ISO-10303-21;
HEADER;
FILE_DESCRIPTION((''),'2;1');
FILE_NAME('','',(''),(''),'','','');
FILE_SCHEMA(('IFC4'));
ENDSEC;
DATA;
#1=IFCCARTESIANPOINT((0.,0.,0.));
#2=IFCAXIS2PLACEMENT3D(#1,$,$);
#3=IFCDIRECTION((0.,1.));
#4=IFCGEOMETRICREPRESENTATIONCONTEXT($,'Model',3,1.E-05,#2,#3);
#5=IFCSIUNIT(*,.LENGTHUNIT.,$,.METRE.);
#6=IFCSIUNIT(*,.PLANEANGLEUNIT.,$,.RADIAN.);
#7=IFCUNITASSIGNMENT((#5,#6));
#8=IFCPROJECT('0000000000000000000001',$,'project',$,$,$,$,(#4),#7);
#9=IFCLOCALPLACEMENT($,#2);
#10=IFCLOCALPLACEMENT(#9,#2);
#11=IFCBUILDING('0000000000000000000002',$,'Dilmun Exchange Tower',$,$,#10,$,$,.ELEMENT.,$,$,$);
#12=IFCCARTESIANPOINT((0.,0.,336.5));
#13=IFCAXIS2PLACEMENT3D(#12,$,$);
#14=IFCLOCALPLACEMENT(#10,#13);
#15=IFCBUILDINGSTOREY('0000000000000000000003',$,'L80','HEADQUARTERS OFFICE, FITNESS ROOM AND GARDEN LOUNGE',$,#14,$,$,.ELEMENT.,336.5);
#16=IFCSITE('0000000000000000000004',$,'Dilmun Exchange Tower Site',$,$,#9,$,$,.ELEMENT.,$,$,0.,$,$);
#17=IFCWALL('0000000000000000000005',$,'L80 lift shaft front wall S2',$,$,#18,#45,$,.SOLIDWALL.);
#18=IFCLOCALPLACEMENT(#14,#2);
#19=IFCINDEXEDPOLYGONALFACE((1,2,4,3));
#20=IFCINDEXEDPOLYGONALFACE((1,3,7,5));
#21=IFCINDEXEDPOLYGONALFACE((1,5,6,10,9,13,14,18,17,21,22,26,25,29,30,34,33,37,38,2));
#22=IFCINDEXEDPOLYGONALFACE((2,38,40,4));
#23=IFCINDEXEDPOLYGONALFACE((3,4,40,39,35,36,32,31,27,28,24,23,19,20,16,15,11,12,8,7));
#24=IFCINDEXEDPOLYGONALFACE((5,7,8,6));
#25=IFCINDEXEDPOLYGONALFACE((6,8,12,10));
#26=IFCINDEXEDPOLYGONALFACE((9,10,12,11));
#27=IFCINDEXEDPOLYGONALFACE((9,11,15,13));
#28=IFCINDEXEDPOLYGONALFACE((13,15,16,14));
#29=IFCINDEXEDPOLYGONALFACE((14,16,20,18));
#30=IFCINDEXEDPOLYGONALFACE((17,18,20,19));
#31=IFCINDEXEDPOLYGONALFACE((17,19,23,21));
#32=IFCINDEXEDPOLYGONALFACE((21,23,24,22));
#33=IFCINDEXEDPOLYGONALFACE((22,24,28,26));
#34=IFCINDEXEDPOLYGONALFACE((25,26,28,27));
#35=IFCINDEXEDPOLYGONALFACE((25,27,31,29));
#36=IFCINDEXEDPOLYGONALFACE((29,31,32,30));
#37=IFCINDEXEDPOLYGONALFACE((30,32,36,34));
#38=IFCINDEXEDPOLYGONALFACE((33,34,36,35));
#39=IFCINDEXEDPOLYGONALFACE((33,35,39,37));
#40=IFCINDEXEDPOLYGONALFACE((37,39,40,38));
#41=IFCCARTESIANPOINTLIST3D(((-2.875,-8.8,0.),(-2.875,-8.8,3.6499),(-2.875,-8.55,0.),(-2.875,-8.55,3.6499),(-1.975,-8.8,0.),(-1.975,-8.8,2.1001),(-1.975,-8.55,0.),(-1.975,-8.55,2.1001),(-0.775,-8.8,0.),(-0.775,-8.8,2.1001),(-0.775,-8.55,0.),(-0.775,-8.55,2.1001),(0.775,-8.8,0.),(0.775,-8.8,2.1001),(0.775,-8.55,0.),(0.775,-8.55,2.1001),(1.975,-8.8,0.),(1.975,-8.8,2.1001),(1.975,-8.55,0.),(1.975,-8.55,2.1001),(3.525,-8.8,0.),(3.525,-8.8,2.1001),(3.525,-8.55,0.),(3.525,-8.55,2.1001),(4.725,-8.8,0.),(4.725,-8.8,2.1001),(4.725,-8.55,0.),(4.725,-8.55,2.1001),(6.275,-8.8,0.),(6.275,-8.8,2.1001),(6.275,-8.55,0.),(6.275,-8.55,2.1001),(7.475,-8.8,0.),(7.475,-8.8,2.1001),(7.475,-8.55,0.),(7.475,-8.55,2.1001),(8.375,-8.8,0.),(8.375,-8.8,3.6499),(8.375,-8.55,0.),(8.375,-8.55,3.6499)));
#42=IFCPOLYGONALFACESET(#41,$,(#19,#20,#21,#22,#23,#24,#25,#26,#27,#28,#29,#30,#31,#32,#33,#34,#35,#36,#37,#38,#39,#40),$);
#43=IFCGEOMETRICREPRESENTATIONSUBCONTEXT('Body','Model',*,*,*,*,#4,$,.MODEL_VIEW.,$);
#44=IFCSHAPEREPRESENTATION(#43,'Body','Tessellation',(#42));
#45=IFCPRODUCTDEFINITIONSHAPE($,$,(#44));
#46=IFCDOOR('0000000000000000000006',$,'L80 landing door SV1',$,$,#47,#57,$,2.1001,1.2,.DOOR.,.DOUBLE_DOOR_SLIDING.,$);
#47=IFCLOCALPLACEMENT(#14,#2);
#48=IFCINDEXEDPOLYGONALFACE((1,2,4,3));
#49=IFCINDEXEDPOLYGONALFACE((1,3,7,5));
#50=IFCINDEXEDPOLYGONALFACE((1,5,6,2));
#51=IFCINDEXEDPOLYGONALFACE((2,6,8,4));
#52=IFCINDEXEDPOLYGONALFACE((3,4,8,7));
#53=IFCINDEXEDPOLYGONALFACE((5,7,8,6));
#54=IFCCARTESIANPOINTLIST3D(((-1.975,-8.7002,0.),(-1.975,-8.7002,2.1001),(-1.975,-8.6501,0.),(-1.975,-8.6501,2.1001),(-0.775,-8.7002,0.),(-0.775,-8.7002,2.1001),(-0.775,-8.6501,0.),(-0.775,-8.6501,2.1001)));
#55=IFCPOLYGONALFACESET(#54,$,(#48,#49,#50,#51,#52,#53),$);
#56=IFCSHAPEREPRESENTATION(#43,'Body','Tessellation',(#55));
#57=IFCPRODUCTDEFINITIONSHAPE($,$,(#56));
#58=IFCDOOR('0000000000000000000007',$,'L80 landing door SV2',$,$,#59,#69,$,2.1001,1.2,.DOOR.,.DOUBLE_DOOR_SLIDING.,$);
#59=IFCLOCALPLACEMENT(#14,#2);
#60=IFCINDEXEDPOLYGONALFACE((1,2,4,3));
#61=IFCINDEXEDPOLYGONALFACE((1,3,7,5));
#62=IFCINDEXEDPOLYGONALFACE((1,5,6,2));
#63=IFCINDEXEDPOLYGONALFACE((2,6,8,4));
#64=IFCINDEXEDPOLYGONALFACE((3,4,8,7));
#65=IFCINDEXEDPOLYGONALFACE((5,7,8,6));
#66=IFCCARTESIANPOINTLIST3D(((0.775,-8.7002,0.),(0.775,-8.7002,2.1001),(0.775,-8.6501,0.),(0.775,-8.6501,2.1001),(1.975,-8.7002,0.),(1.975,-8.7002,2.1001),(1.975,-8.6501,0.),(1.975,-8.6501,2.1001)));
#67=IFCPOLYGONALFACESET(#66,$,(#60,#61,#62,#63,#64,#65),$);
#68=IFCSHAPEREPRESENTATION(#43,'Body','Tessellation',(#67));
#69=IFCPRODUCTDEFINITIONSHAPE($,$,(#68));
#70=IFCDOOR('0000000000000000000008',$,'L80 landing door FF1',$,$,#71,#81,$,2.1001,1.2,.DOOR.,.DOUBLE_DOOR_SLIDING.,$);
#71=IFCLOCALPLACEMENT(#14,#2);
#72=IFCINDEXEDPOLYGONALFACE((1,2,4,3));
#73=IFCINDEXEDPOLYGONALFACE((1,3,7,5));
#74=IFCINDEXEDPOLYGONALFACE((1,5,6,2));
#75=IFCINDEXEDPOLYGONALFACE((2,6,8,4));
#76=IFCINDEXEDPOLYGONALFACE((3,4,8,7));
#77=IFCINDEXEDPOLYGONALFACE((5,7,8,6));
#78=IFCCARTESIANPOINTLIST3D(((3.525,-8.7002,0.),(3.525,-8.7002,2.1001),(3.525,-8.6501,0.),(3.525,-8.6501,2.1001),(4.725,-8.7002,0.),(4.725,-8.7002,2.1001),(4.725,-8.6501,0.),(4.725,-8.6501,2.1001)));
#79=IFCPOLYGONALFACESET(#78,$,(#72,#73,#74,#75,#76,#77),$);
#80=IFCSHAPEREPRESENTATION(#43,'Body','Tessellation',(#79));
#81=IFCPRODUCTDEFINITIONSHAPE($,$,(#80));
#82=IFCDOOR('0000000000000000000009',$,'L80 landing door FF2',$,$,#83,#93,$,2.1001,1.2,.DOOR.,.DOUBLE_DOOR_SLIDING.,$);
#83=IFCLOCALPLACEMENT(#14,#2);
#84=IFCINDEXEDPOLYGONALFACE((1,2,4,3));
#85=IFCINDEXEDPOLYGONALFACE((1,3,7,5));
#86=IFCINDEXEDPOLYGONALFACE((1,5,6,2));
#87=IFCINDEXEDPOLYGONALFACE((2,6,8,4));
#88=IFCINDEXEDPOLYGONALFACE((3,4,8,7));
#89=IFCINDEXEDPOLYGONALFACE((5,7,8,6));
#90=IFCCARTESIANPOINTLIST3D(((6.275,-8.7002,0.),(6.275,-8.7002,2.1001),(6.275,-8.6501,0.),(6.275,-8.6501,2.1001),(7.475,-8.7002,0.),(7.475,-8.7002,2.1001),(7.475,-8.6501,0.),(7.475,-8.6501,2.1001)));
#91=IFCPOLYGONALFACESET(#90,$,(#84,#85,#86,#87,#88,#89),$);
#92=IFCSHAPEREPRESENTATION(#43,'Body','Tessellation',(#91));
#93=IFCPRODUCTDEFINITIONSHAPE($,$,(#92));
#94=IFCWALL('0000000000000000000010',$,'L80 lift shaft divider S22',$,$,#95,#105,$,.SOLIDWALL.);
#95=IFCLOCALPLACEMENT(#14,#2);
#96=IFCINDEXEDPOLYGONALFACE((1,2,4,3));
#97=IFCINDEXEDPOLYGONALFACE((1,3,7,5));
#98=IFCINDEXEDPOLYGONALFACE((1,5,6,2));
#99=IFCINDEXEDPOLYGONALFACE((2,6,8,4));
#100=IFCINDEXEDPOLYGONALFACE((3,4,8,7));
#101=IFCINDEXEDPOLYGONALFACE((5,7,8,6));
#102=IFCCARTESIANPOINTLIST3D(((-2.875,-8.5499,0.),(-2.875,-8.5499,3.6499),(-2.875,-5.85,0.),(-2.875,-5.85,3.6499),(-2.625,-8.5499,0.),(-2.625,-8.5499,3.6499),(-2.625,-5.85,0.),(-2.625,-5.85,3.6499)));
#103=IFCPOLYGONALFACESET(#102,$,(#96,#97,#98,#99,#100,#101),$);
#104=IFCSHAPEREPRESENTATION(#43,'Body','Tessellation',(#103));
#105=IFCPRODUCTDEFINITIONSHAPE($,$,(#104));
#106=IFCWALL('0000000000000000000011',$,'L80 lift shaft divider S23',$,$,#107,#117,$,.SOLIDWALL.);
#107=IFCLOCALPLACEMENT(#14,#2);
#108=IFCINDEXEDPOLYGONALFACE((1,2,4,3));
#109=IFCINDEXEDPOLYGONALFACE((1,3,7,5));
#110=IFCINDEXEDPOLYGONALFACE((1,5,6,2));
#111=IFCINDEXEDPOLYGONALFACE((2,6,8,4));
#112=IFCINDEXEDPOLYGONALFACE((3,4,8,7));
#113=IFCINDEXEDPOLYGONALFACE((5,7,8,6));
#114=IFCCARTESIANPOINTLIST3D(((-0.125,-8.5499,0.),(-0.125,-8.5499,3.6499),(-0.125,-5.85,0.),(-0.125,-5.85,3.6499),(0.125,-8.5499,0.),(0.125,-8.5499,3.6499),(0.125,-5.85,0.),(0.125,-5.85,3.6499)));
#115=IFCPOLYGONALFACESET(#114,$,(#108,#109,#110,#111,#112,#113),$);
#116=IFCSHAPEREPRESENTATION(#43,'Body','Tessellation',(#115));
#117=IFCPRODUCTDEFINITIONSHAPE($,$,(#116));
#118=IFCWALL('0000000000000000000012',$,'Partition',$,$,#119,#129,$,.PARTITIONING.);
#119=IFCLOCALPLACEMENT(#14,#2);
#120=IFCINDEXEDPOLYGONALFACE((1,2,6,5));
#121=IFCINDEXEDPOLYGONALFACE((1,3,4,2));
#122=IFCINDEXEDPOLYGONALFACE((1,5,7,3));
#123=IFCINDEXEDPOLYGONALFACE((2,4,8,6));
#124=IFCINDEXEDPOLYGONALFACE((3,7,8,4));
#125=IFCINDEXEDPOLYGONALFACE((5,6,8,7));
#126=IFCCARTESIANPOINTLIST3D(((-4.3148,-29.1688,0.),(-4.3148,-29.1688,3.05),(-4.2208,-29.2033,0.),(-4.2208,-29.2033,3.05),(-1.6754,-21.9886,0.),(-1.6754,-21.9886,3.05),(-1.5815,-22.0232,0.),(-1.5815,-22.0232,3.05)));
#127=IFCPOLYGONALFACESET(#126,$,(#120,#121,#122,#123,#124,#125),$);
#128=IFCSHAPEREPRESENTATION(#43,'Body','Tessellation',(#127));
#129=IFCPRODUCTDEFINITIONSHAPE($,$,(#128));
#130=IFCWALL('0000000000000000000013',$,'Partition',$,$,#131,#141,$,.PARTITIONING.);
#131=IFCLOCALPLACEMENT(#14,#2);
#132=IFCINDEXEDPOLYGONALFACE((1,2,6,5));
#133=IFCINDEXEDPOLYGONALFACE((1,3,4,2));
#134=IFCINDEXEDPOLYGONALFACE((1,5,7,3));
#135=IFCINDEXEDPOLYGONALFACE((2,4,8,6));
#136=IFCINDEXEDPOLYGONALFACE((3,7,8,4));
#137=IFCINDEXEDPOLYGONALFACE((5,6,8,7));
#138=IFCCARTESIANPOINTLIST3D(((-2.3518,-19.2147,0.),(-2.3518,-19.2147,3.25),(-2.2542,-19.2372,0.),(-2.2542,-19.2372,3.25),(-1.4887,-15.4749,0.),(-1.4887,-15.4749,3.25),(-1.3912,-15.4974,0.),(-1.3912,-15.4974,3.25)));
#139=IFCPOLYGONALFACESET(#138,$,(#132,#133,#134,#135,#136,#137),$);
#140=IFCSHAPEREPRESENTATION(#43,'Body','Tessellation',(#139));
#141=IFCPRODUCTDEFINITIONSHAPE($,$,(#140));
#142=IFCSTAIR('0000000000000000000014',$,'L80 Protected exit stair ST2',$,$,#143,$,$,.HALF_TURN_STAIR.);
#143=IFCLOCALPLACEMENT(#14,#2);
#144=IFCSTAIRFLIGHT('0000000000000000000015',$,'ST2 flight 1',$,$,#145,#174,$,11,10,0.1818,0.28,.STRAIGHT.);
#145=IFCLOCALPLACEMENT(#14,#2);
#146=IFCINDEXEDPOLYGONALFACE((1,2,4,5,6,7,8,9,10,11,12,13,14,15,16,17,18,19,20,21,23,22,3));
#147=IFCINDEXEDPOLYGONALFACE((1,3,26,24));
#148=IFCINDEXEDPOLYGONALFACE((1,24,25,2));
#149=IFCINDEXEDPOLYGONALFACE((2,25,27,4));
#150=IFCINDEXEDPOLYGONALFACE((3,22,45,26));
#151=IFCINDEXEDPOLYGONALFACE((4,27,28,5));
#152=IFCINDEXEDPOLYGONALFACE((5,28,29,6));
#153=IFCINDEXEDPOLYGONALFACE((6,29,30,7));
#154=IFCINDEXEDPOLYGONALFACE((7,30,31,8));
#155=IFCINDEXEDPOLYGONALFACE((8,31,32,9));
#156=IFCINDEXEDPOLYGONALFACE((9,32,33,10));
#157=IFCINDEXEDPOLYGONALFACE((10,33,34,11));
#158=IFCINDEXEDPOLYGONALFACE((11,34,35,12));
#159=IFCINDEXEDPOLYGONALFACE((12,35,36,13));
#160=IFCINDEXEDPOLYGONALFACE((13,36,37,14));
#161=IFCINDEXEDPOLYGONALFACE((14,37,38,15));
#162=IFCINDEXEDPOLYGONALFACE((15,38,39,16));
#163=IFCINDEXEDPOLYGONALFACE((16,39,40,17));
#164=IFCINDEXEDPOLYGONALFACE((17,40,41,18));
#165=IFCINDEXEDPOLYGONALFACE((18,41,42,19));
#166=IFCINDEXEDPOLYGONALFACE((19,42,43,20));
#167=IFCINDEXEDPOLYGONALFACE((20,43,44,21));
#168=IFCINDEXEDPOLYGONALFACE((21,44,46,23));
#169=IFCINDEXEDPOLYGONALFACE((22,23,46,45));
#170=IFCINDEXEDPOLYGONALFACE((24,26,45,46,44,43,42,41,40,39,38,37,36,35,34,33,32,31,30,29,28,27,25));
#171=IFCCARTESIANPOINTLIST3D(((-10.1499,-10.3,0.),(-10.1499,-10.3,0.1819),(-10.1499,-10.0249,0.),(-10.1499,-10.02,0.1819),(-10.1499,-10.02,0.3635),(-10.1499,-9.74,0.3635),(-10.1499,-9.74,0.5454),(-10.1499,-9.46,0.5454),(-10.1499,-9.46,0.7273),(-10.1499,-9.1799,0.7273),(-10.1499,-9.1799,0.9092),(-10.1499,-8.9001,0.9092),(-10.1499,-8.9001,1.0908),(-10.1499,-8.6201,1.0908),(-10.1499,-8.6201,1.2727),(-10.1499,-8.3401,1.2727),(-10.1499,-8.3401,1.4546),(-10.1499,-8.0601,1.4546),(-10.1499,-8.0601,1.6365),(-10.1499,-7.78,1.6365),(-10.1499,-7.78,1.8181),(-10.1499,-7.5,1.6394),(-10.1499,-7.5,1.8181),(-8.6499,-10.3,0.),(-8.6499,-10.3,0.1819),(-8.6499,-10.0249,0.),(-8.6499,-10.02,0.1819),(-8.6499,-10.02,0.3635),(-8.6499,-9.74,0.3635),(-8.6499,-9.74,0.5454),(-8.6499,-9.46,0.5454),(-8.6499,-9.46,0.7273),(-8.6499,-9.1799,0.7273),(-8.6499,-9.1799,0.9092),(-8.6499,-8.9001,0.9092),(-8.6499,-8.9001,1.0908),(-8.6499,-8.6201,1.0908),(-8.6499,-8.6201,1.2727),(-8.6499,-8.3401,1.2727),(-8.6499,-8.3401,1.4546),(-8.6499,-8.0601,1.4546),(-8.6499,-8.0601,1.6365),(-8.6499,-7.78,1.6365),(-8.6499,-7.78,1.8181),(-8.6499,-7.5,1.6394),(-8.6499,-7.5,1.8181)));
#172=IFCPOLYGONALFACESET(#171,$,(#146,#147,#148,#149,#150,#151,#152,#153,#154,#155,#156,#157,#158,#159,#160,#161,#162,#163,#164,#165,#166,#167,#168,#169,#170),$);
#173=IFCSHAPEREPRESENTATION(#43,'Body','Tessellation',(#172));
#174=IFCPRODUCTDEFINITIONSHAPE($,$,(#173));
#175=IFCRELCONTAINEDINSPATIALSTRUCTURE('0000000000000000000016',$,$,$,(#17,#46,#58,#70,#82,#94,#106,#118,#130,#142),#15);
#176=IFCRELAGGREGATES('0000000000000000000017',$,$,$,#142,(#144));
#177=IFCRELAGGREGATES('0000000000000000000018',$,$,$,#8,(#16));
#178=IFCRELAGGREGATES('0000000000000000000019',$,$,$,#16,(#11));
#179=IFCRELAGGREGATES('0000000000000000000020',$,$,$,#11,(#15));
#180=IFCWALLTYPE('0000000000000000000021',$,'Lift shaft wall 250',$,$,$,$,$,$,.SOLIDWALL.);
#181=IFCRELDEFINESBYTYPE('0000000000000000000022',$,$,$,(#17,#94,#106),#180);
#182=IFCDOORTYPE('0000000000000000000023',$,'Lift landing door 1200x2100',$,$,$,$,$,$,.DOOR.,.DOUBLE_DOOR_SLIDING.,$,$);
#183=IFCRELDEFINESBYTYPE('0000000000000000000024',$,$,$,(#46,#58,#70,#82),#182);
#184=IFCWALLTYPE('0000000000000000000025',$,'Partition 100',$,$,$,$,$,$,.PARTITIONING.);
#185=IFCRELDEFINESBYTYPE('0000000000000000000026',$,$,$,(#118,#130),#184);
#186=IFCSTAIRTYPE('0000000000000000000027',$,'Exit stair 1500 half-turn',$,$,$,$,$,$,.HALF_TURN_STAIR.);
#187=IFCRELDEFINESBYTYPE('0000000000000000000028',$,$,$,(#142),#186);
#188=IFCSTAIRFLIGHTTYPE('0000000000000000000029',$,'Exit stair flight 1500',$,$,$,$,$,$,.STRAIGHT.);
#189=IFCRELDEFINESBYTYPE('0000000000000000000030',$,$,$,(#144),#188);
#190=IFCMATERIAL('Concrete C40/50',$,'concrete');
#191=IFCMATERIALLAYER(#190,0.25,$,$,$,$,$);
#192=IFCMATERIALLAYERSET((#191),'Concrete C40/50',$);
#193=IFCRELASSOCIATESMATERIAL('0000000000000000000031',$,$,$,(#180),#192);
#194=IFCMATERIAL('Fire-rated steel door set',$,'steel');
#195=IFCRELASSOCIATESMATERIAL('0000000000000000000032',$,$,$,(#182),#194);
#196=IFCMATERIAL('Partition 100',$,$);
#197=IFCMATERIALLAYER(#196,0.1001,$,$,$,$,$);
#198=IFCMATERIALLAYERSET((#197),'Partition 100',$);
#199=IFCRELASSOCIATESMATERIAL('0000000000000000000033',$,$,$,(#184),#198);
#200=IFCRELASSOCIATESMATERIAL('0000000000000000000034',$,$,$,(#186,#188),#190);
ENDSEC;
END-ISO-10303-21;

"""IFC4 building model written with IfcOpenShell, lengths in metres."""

from ifc_helpers import new_model, si_unit, direction, frame, frame_2d, origin, place, context, subcontext, project, spatial, polyline, rectangle, outline, extrude, material, layer, layer_set, type_object, element, fill, aggregate, save


model = new_model("IFC4")

# Units and contexts
model_context = context("Model", 3, precision=1e-05, world=origin(), true_north=direction((0.0, 1.0)))
body_context = subcontext(model_context, "Body", "Model", "MODEL_VIEW")
ifc_project = project(units=[si_unit("LENGTHUNIT", "METRE"), si_unit("PLANEANGLEUNIT", "RADIAN")], contexts=[model_context])

# Site, building, storey
site_placement = place(None, origin())
site = spatial("IfcSite", under=ifc_project, at=site_placement, Name="Dilmun Exchange Tower Site", CompositionType="ELEMENT", RefElevation=0.0)
building_placement = place(site_placement, origin())
building = spatial("IfcBuilding", under=site, at=building_placement, Name="Dilmun Exchange Tower", CompositionType="ELEMENT")
storey_placement = place(building_placement, frame((0.0, 0.0, 336.5)))
storey = spatial("IfcBuildingStorey", under=building, at=storey_placement, Name="L80", Description="HEADQUARTERS OFFICE, FITNESS ROOM AND GARDEN LOUNGE", CompositionType="ELEMENT", Elevation=336.5)

# Shared definitions
ifc_material_1 = material(Name="Concrete C40/50", Category="concrete")

# Shared definitions
ifc_material_2 = material(Name="Fire-rated steel door set", Category="steel")

# Wall, openings, doors
ifc_layer_1 = layer(ifc_material_1, 0.25)
ifc_layer_set_1 = layer_set([ifc_layer_1], Name="Concrete C40/50")
wall_type_1 = type_object("IfcWallType", Name="Lift shaft wall 250", PredefinedType="SOLIDWALL", material=ifc_layer_set_1)
wall_1_placement = place(storey_placement, frame((-2.875, -8.675, 0.0), z_axis=(0.0, 0.0, 1.0), x_axis=(1.0, 0.0, 0.0)))
wall_1 = element("IfcWall", 1, at=wall_1_placement, inside=storey, type_object=wall_type_1, Name="L80 lift shaft front wall S2", PredefinedType="SOLIDWALL", context=body_context, shape_type="SweptSolid", body=[
    extrude(rectangle(XDim=11.25, YDim=0.25, at=frame_2d((5.625, 0.0))), origin(), (0.0, 0.0, 1.0), 3.6499),
])
opening_1_placement = place(wall_1_placement, frame((0.8999, 0.0, 0.0)))
opening_1 = element("IfcOpeningElement", 2, at=opening_1_placement, cuts=wall_1, PredefinedType="OPENING", context=body_context, shape_type="SweptSolid", body=[
    extrude(rectangle(XDim=1.2, YDim=2.1001, at=frame_2d((0.6001, 1.05))), frame((0.0, 0.135, 0.0), z_axis=(0.0, -1.0, 0.0), x_axis=(1.0, 0.0, 0.0)), (0.0, 0.0, 1.0), 0.27),
])
opening_2_placement = place(wall_1_placement, frame((3.6499, 0.0, 0.0)))
opening_2 = element("IfcOpeningElement", 3, at=opening_2_placement, cuts=wall_1, PredefinedType="OPENING", context=body_context, shape_type="SweptSolid", body=[
    extrude(rectangle(XDim=1.2, YDim=2.1001, at=frame_2d((0.6001, 1.05))), frame((0.0, 0.135, 0.0), z_axis=(0.0, -1.0, 0.0), x_axis=(1.0, 0.0, 0.0)), (0.0, 0.0, 1.0), 0.27),
])
opening_3_placement = place(wall_1_placement, frame((6.3999, 0.0, 0.0)))
opening_3 = element("IfcOpeningElement", 4, at=opening_3_placement, cuts=wall_1, PredefinedType="OPENING", context=body_context, shape_type="SweptSolid", body=[
    extrude(rectangle(XDim=1.2, YDim=2.1001, at=frame_2d((0.6001, 1.05))), frame((0.0, 0.135, 0.0), z_axis=(0.0, -1.0, 0.0), x_axis=(1.0, 0.0, 0.0)), (0.0, 0.0, 1.0), 0.27),
])
opening_4_placement = place(wall_1_placement, frame((9.1499, 0.0, 0.0)))
opening_4 = element("IfcOpeningElement", 5, at=opening_4_placement, cuts=wall_1, PredefinedType="OPENING", context=body_context, shape_type="SweptSolid", body=[
    extrude(rectangle(XDim=1.2, YDim=2.1001, at=frame_2d((0.6001, 1.05))), frame((0.0, 0.135, 0.0), z_axis=(0.0, -1.0, 0.0), x_axis=(1.0, 0.0, 0.0)), (0.0, 0.0, 1.0), 0.27),
])
door_type_1 = type_object("IfcDoorType", Name="Lift landing door 1200x2100", OperationType="DOUBLE_DOOR_SLIDING", PredefinedType="DOOR", material=ifc_material_2)
door_1_placement = place(opening_1_placement, origin())
door_1 = element("IfcDoor", 6, at=door_1_placement, inside=storey, type_object=door_type_1, Name="L80 landing door SV1", OperationType="DOUBLE_DOOR_SLIDING", OverallHeight=2.1001, OverallWidth=1.2, PredefinedType="DOOR", context=body_context, shape_type="SweptSolid", body=[
    extrude(rectangle(XDim=1.2, YDim=2.1001, at=frame_2d((0.6001, 1.05))), frame((0.0, 0.0249, 0.0), z_axis=(0.0, -1.0, 0.0), x_axis=(1.0, 0.0, 0.0)), (0.0, 0.0, 1.0), 0.05),
])
fill(opening_1, door_1)
door_2_placement = place(opening_2_placement, origin())
door_2 = element("IfcDoor", 7, at=door_2_placement, inside=storey, type_object=door_type_1, Name="L80 landing door SV2", OperationType="DOUBLE_DOOR_SLIDING", OverallHeight=2.1001, OverallWidth=1.2, PredefinedType="DOOR", context=body_context, shape_type="SweptSolid", body=[
    extrude(rectangle(XDim=1.2, YDim=2.1001, at=frame_2d((0.6001, 1.05))), frame((0.0, 0.0249, 0.0), z_axis=(0.0, -1.0, 0.0), x_axis=(1.0, 0.0, 0.0)), (0.0, 0.0, 1.0), 0.05),
])
fill(opening_2, door_2)
door_3_placement = place(opening_3_placement, origin())
door_3 = element("IfcDoor", 8, at=door_3_placement, inside=storey, type_object=door_type_1, Name="L80 landing door FF1", OperationType="DOUBLE_DOOR_SLIDING", OverallHeight=2.1001, OverallWidth=1.2, PredefinedType="DOOR", context=body_context, shape_type="SweptSolid", body=[
    extrude(rectangle(XDim=1.2, YDim=2.1001, at=frame_2d((0.6001, 1.05))), frame((0.0, 0.0249, 0.0), z_axis=(0.0, -1.0, 0.0), x_axis=(1.0, 0.0, 0.0)), (0.0, 0.0, 1.0), 0.05),
])
fill(opening_3, door_3)
door_4_placement = place(opening_4_placement, origin())
door_4 = element("IfcDoor", 9, at=door_4_placement, inside=storey, type_object=door_type_1, Name="L80 landing door FF2", OperationType="DOUBLE_DOOR_SLIDING", OverallHeight=2.1001, OverallWidth=1.2, PredefinedType="DOOR", context=body_context, shape_type="SweptSolid", body=[
    extrude(rectangle(XDim=1.2, YDim=2.1001, at=frame_2d((0.6001, 1.05))), frame((0.0, 0.0249, 0.0), z_axis=(0.0, -1.0, 0.0), x_axis=(1.0, 0.0, 0.0)), (0.0, 0.0, 1.0), 0.05),
])
fill(opening_4, door_4)

# Walls
for number, where, z_axis, x_axis, name in (
    (10, (-2.75, -8.55, 0.0), (0.0, 0.0, 1.0), (0.0, 1.0, 0.0), "L80 lift shaft divider S22"),
    (11, (0.0, -8.55, 0.0), (0.0, 0.0, 1.0), (0.0, 1.0, 0.0), "L80 lift shaft divider S23"),
):
    element("IfcWall", number, at=place(storey_placement, frame(where, z_axis=z_axis, x_axis=x_axis)), inside=storey, type_object=wall_type_1, Name=name, PredefinedType="SOLIDWALL", context=body_context, shape_type="SweptSolid", body=[
        extrude(rectangle(XDim=2.7, YDim=0.25, at=frame_2d((1.3501, 0.0))), origin(), (0.0, 0.0, 1.0), 3.6499),
    ])
ifc_material_3 = material(Name="Partition 100")
ifc_layer_2 = layer(ifc_material_3, 0.1001)
ifc_layer_set_2 = layer_set([ifc_layer_2], Name="Partition 100")
wall_type_2 = type_object("IfcWallType", Name="Partition 100", PredefinedType="PARTITIONING", material=ifc_layer_set_2)
wall_2_placement = place(storey_placement, frame((-4.2678, -29.186, 0.0), z_axis=(0.0, 0.0, 1.0), x_axis=(0.345023, 0.938594, 0.0)))
element("IfcWall", 12, at=wall_2_placement, inside=storey, type_object=wall_type_2, Name="Partition", PredefinedType="PARTITIONING", context=body_context, shape_type="SweptSolid", body=[
    extrude(rectangle(XDim=7.6499, YDim=0.1001, at=frame_2d((3.825, 0.0))), origin(), (0.0, 0.0, 1.0), 3.05),
])
wall_3_placement = place(storey_placement, frame((-2.303, -19.2258, 0.0), z_axis=(0.0, 0.0, 1.0), x_axis=(0.224864, 0.97439, 0.0)))
element("IfcWall", 13, at=wall_3_placement, inside=storey, type_object=wall_type_2, Name="Partition", PredefinedType="PARTITIONING", context=body_context, shape_type="SweptSolid", body=[
    extrude(rectangle(XDim=3.8381, YDim=0.1001, at=frame_2d((1.9189, 0.0))), origin(), (0.0, 0.0, 1.0), 3.25),
])

# Stair, stair flight
stair_type = type_object("IfcStairType", Name="Exit stair 1500 half-turn", PredefinedType="HALF_TURN_STAIR", material=ifc_material_1)
stair_placement = place(storey_placement, origin())
stair = element("IfcStair", 14, at=stair_placement, inside=storey, type_object=stair_type, Name="L80 Protected exit stair ST2", PredefinedType="HALF_TURN_STAIR")
stair_flight_type = type_object("IfcStairFlightType", Name="Exit stair flight 1500", PredefinedType="STRAIGHT", material=ifc_material_1)
stair_flight_placement = place(storey_placement, frame((-9.3999, -10.3, 0.0), z_axis=(0.0, 0.0, 1.0), x_axis=(0.0, 1.0, 0.0)))
stair_flight = element("IfcStairFlight", 15, at=stair_flight_placement, type_object=stair_flight_type, Name="ST2 flight 1", NumberOfRisers=11, NumberOfTreads=10, PredefinedType="STRAIGHT", RiserHeight=0.1818, TreadLength=0.28, context=body_context, shape_type="SweptSolid", body=[
    extrude(outline(polyline([(0.0, 0.0), (0.0, 0.1819), (0.28, 0.1819), (0.28, 0.3635), (0.5601, 0.3635), (0.5601, 0.5454), (0.8401, 0.5454), (0.8401, 0.7273), (1.1201, 0.7273), (1.1201, 0.9092), (1.3999, 0.9092), (1.3999, 1.0908), (1.6799, 1.0908), (1.6799, 1.2727), (1.96, 1.2727), (1.96, 1.4546), (2.24, 1.4546), (2.24, 1.6365), (2.52, 1.6365), (2.52, 1.8181), (2.8, 1.8181), (2.8, 2.0), (2.8, 1.6394), (0.2751, 0.0), (0.0, 0.0)])), frame((0.0, 0.75, 0.0), z_axis=(0.0, -1.0, 0.0), x_axis=(1.0, 0.0, 0.0)), (0.0, 0.0, 1.0), 1.5),
])
aggregate(stair, [stair_flight])

save(model, "model.ifc")
